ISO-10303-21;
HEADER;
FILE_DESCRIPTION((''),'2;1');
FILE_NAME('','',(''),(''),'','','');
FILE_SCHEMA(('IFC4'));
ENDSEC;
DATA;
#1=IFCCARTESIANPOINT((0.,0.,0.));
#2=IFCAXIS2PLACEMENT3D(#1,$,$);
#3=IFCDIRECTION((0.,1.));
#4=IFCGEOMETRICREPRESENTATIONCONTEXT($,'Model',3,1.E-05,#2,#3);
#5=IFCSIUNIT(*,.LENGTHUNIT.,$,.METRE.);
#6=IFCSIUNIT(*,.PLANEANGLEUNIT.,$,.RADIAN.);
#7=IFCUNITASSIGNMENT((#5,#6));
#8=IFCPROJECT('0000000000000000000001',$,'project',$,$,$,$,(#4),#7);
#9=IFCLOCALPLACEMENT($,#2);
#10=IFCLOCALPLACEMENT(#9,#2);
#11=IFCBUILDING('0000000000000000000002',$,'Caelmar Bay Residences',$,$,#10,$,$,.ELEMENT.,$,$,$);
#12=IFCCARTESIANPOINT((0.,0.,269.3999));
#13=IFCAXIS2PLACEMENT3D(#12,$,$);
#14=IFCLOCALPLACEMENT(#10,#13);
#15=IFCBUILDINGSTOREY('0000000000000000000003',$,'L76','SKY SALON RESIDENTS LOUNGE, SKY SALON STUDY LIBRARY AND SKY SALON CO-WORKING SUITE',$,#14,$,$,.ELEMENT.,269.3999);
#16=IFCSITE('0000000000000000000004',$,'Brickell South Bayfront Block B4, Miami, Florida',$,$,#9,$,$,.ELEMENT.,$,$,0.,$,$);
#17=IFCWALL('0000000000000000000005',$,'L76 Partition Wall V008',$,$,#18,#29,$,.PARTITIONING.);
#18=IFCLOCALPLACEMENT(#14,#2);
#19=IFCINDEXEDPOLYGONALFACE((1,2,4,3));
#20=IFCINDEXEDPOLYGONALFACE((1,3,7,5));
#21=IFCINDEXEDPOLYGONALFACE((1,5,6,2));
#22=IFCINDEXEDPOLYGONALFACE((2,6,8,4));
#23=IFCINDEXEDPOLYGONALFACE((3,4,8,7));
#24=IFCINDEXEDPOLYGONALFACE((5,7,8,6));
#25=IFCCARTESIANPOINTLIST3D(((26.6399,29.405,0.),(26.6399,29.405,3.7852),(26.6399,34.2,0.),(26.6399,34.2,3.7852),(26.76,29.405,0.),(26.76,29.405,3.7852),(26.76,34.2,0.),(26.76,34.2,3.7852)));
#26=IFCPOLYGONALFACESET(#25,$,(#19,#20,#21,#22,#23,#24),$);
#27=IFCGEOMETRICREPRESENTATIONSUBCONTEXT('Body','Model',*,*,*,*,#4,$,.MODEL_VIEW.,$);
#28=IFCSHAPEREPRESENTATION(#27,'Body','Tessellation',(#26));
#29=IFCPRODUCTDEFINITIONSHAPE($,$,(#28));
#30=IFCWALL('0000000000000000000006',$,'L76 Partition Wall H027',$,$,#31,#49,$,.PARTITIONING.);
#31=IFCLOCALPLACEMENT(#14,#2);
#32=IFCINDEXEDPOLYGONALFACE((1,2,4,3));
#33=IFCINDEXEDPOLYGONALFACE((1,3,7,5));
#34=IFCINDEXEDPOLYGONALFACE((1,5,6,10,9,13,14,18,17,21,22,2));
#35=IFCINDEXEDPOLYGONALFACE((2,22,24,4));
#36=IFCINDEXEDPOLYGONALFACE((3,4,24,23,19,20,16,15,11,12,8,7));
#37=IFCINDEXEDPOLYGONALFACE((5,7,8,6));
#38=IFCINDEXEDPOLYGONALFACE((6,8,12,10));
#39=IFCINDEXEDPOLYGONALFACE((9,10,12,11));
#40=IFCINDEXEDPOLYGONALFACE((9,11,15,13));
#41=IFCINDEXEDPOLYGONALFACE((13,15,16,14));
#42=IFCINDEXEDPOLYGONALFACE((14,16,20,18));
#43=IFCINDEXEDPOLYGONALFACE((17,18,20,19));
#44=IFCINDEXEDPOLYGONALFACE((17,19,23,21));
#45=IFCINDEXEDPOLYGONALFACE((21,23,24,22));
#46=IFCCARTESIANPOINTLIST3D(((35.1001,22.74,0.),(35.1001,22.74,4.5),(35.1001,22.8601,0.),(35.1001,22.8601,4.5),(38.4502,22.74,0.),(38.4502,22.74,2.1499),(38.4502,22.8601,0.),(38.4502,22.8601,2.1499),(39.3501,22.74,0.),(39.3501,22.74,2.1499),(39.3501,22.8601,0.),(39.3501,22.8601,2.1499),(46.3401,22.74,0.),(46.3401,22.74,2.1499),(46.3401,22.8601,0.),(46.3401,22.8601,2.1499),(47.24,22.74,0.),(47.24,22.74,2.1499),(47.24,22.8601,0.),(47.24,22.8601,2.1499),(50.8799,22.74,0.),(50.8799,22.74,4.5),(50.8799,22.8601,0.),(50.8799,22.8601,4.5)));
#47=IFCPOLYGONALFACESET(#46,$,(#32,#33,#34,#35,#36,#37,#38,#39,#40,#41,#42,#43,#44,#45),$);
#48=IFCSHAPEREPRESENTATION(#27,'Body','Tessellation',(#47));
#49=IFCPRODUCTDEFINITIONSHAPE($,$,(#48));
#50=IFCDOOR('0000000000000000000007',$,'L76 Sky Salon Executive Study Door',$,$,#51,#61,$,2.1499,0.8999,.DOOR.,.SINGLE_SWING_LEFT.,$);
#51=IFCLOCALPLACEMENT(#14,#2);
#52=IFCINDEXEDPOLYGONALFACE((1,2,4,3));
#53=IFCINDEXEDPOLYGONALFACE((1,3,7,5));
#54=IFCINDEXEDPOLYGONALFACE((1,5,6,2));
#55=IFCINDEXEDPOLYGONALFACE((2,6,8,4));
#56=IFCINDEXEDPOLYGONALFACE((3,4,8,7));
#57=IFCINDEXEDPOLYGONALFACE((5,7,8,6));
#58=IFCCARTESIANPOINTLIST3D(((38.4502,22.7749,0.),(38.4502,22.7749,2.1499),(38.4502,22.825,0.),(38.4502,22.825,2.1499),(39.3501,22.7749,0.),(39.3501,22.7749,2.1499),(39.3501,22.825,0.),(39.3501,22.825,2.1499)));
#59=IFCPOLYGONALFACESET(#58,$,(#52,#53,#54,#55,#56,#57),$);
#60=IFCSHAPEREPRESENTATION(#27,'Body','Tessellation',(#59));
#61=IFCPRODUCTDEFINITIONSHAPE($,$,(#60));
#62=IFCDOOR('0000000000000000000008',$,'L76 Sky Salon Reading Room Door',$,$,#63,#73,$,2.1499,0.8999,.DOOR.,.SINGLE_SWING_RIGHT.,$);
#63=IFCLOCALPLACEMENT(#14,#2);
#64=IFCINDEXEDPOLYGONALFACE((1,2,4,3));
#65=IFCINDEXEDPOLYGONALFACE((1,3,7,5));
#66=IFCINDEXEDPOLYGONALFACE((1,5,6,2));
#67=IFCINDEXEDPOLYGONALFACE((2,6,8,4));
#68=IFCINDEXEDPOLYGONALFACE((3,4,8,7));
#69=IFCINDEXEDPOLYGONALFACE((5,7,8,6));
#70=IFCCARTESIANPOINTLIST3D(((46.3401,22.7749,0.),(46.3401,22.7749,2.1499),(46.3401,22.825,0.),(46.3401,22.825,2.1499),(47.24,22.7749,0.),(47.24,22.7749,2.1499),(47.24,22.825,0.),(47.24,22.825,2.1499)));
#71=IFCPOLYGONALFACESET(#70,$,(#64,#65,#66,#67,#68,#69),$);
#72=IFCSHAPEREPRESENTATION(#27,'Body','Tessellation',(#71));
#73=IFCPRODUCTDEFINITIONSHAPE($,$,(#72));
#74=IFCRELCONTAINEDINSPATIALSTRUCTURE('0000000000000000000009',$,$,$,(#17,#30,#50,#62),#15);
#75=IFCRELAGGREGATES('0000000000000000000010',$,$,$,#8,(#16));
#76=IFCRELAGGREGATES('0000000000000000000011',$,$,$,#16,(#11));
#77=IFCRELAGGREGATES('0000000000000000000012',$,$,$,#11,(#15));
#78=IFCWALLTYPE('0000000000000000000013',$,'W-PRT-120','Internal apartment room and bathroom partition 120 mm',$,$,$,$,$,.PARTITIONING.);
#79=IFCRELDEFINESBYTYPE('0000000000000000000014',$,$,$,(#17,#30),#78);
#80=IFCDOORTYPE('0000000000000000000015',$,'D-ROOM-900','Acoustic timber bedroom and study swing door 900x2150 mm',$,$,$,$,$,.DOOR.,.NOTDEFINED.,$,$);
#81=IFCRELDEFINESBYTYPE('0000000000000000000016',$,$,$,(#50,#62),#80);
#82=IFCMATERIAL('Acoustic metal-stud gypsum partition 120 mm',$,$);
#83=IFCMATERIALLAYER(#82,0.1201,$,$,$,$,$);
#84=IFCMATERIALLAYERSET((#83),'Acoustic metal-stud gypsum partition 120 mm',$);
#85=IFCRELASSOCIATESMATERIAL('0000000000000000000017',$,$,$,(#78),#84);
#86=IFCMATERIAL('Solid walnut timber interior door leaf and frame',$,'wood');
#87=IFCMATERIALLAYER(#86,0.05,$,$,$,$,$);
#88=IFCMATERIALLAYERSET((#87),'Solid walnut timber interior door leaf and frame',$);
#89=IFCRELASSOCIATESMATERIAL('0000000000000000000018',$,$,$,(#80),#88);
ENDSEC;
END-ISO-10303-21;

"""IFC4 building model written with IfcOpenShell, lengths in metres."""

from ifc_helpers import new_model, si_unit, direction, frame, frame_2d, origin, place, context, subcontext, project, spatial, rectangle, extrude, material, layer, layer_set, type_object, element, fill, save


model = new_model("IFC4")

# Units and contexts
model_context = context("Model", 3, precision=1e-05, world=origin(), true_north=direction((0.0, 1.0)))
body_context = subcontext(model_context, "Body", "Model", "MODEL_VIEW")
ifc_project = project(units=[si_unit("LENGTHUNIT", "METRE"), si_unit("PLANEANGLEUNIT", "RADIAN")], contexts=[model_context])

# Site, building, storey
site_placement = place(None, origin())
site = spatial("IfcSite", under=ifc_project, at=site_placement, Name="Brickell South Bayfront Block B4, Miami, Florida", CompositionType="ELEMENT", RefElevation=0.0)
building_placement = place(site_placement, origin())
building = spatial("IfcBuilding", under=site, at=building_placement, Name="Caelmar Bay Residences", CompositionType="ELEMENT")
storey_placement = place(building_placement, frame((0.0, 0.0, 269.3999)))
storey = spatial("IfcBuildingStorey", under=building, at=storey_placement, Name="L76", Description="SKY SALON RESIDENTS LOUNGE, SKY SALON STUDY LIBRARY AND SKY SALON CO-WORKING SUITE", CompositionType="ELEMENT", Elevation=269.3999)

# Wall
ifc_material_1 = material(Name="Acoustic metal-stud gypsum partition 120 mm")
ifc_layer_1 = layer(ifc_material_1, 0.1201)
ifc_layer_set_1 = layer_set([ifc_layer_1], Name="Acoustic metal-stud gypsum partition 120 mm")
wall_type = type_object("IfcWallType", Name="W-PRT-120", Description="Internal apartment room and bathroom partition 120 mm", PredefinedType="PARTITIONING", material=ifc_layer_set_1)
wall_1_placement = place(storey_placement, frame((26.7, 29.405, 0.0), z_axis=(0.0, 0.0, 1.0), x_axis=(0.0, 1.0, 0.0)))
element("IfcWall", 1, at=wall_1_placement, inside=storey, type_object=wall_type, Name="L76 Partition Wall V008", PredefinedType="PARTITIONING", context=body_context, shape_type="SweptSolid", body=[
    extrude(rectangle(XDim=4.7949, YDim=0.1201, at=frame_2d((2.3975, 0.0))), origin(), (0.0, 0.0, 1.0), 3.7852),
])

# Wall, openings, doors
wall_2_placement = place(storey_placement, frame((35.1001, 22.8, 0.0), z_axis=(0.0, 0.0, 1.0), x_axis=(1.0, 0.0, 0.0)))
wall_2 = element("IfcWall", 2, at=wall_2_placement, inside=storey, type_object=wall_type, Name="L76 Partition Wall H027", PredefinedType="PARTITIONING", context=body_context, shape_type="SweptSolid", body=[
    extrude(rectangle(XDim=15.7798, YDim=0.1201, at=frame_2d((7.8899, 0.0))), origin(), (0.0, 0.0, 1.0), 4.5),
])
opening_1_placement = place(wall_2_placement, frame((3.3501, 0.0, 0.0)))
opening_1 = element("IfcOpeningElement", 3, at=opening_1_placement, cuts=wall_2, PredefinedType="OPENING", context=body_context, shape_type="SweptSolid", body=[
    extrude(rectangle(XDim=0.8999, YDim=2.1499, at=frame_2d((0.45, 1.075))), frame((0.0, 0.0701, 0.0), z_axis=(0.0, -1.0, 0.0), x_axis=(1.0, 0.0, 0.0)), (0.0, 0.0, 1.0), 0.1401),
])
opening_2_placement = place(wall_2_placement, frame((11.24, 0.0, 0.0)))
opening_2 = element("IfcOpeningElement", 4, at=opening_2_placement, cuts=wall_2, PredefinedType="OPENING", context=body_context, shape_type="SweptSolid", body=[
    extrude(rectangle(XDim=0.8999, YDim=2.1499, at=frame_2d((0.45, 1.075))), frame((0.0, 0.0701, 0.0), z_axis=(0.0, -1.0, 0.0), x_axis=(1.0, 0.0, 0.0)), (0.0, 0.0, 1.0), 0.1401),
])
ifc_material_2 = material(Name="Solid walnut timber interior door leaf and frame", Category="wood")
ifc_layer_2 = layer(ifc_material_2, 0.05)
ifc_layer_set_2 = layer_set([ifc_layer_2], Name="Solid walnut timber interior door leaf and frame")
door_type = type_object("IfcDoorType", Name="D-ROOM-900", Description="Acoustic timber bedroom and study swing door 900x2150 mm", OperationType="NOTDEFINED", PredefinedType="DOOR", material=ifc_layer_set_2)
door_1_placement = place(opening_1_placement, origin())
door_1 = element("IfcDoor", 5, at=door_1_placement, inside=storey, type_object=door_type, Name="L76 Sky Salon Executive Study Door", OperationType="SINGLE_SWING_LEFT", OverallHeight=2.1499, OverallWidth=0.8999, PredefinedType="DOOR", context=body_context, shape_type="SweptSolid", body=[
    extrude(rectangle(XDim=0.8999, YDim=2.1499, at=frame_2d((0.45, 1.075))), frame((0.0, 0.0249, 0.0), z_axis=(0.0, -1.0, 0.0), x_axis=(1.0, 0.0, 0.0)), (0.0, 0.0, 1.0), 0.05),
])
fill(opening_1, door_1)
door_2_placement = place(opening_2_placement, origin())
door_2 = element("IfcDoor", 6, at=door_2_placement, inside=storey, type_object=door_type, Name="L76 Sky Salon Reading Room Door", OperationType="SINGLE_SWING_RIGHT", OverallHeight=2.1499, OverallWidth=0.8999, PredefinedType="DOOR", context=body_context, shape_type="SweptSolid", body=[
    extrude(rectangle(XDim=0.8999, YDim=2.1499, at=frame_2d((0.45, 1.075))), frame((0.0, 0.0249, 0.0), z_axis=(0.0, -1.0, 0.0), x_axis=(1.0, 0.0, 0.0)), (0.0, 0.0, 1.0), 0.05),
])
fill(opening_2, door_2)

save(model, "model.ifc")
